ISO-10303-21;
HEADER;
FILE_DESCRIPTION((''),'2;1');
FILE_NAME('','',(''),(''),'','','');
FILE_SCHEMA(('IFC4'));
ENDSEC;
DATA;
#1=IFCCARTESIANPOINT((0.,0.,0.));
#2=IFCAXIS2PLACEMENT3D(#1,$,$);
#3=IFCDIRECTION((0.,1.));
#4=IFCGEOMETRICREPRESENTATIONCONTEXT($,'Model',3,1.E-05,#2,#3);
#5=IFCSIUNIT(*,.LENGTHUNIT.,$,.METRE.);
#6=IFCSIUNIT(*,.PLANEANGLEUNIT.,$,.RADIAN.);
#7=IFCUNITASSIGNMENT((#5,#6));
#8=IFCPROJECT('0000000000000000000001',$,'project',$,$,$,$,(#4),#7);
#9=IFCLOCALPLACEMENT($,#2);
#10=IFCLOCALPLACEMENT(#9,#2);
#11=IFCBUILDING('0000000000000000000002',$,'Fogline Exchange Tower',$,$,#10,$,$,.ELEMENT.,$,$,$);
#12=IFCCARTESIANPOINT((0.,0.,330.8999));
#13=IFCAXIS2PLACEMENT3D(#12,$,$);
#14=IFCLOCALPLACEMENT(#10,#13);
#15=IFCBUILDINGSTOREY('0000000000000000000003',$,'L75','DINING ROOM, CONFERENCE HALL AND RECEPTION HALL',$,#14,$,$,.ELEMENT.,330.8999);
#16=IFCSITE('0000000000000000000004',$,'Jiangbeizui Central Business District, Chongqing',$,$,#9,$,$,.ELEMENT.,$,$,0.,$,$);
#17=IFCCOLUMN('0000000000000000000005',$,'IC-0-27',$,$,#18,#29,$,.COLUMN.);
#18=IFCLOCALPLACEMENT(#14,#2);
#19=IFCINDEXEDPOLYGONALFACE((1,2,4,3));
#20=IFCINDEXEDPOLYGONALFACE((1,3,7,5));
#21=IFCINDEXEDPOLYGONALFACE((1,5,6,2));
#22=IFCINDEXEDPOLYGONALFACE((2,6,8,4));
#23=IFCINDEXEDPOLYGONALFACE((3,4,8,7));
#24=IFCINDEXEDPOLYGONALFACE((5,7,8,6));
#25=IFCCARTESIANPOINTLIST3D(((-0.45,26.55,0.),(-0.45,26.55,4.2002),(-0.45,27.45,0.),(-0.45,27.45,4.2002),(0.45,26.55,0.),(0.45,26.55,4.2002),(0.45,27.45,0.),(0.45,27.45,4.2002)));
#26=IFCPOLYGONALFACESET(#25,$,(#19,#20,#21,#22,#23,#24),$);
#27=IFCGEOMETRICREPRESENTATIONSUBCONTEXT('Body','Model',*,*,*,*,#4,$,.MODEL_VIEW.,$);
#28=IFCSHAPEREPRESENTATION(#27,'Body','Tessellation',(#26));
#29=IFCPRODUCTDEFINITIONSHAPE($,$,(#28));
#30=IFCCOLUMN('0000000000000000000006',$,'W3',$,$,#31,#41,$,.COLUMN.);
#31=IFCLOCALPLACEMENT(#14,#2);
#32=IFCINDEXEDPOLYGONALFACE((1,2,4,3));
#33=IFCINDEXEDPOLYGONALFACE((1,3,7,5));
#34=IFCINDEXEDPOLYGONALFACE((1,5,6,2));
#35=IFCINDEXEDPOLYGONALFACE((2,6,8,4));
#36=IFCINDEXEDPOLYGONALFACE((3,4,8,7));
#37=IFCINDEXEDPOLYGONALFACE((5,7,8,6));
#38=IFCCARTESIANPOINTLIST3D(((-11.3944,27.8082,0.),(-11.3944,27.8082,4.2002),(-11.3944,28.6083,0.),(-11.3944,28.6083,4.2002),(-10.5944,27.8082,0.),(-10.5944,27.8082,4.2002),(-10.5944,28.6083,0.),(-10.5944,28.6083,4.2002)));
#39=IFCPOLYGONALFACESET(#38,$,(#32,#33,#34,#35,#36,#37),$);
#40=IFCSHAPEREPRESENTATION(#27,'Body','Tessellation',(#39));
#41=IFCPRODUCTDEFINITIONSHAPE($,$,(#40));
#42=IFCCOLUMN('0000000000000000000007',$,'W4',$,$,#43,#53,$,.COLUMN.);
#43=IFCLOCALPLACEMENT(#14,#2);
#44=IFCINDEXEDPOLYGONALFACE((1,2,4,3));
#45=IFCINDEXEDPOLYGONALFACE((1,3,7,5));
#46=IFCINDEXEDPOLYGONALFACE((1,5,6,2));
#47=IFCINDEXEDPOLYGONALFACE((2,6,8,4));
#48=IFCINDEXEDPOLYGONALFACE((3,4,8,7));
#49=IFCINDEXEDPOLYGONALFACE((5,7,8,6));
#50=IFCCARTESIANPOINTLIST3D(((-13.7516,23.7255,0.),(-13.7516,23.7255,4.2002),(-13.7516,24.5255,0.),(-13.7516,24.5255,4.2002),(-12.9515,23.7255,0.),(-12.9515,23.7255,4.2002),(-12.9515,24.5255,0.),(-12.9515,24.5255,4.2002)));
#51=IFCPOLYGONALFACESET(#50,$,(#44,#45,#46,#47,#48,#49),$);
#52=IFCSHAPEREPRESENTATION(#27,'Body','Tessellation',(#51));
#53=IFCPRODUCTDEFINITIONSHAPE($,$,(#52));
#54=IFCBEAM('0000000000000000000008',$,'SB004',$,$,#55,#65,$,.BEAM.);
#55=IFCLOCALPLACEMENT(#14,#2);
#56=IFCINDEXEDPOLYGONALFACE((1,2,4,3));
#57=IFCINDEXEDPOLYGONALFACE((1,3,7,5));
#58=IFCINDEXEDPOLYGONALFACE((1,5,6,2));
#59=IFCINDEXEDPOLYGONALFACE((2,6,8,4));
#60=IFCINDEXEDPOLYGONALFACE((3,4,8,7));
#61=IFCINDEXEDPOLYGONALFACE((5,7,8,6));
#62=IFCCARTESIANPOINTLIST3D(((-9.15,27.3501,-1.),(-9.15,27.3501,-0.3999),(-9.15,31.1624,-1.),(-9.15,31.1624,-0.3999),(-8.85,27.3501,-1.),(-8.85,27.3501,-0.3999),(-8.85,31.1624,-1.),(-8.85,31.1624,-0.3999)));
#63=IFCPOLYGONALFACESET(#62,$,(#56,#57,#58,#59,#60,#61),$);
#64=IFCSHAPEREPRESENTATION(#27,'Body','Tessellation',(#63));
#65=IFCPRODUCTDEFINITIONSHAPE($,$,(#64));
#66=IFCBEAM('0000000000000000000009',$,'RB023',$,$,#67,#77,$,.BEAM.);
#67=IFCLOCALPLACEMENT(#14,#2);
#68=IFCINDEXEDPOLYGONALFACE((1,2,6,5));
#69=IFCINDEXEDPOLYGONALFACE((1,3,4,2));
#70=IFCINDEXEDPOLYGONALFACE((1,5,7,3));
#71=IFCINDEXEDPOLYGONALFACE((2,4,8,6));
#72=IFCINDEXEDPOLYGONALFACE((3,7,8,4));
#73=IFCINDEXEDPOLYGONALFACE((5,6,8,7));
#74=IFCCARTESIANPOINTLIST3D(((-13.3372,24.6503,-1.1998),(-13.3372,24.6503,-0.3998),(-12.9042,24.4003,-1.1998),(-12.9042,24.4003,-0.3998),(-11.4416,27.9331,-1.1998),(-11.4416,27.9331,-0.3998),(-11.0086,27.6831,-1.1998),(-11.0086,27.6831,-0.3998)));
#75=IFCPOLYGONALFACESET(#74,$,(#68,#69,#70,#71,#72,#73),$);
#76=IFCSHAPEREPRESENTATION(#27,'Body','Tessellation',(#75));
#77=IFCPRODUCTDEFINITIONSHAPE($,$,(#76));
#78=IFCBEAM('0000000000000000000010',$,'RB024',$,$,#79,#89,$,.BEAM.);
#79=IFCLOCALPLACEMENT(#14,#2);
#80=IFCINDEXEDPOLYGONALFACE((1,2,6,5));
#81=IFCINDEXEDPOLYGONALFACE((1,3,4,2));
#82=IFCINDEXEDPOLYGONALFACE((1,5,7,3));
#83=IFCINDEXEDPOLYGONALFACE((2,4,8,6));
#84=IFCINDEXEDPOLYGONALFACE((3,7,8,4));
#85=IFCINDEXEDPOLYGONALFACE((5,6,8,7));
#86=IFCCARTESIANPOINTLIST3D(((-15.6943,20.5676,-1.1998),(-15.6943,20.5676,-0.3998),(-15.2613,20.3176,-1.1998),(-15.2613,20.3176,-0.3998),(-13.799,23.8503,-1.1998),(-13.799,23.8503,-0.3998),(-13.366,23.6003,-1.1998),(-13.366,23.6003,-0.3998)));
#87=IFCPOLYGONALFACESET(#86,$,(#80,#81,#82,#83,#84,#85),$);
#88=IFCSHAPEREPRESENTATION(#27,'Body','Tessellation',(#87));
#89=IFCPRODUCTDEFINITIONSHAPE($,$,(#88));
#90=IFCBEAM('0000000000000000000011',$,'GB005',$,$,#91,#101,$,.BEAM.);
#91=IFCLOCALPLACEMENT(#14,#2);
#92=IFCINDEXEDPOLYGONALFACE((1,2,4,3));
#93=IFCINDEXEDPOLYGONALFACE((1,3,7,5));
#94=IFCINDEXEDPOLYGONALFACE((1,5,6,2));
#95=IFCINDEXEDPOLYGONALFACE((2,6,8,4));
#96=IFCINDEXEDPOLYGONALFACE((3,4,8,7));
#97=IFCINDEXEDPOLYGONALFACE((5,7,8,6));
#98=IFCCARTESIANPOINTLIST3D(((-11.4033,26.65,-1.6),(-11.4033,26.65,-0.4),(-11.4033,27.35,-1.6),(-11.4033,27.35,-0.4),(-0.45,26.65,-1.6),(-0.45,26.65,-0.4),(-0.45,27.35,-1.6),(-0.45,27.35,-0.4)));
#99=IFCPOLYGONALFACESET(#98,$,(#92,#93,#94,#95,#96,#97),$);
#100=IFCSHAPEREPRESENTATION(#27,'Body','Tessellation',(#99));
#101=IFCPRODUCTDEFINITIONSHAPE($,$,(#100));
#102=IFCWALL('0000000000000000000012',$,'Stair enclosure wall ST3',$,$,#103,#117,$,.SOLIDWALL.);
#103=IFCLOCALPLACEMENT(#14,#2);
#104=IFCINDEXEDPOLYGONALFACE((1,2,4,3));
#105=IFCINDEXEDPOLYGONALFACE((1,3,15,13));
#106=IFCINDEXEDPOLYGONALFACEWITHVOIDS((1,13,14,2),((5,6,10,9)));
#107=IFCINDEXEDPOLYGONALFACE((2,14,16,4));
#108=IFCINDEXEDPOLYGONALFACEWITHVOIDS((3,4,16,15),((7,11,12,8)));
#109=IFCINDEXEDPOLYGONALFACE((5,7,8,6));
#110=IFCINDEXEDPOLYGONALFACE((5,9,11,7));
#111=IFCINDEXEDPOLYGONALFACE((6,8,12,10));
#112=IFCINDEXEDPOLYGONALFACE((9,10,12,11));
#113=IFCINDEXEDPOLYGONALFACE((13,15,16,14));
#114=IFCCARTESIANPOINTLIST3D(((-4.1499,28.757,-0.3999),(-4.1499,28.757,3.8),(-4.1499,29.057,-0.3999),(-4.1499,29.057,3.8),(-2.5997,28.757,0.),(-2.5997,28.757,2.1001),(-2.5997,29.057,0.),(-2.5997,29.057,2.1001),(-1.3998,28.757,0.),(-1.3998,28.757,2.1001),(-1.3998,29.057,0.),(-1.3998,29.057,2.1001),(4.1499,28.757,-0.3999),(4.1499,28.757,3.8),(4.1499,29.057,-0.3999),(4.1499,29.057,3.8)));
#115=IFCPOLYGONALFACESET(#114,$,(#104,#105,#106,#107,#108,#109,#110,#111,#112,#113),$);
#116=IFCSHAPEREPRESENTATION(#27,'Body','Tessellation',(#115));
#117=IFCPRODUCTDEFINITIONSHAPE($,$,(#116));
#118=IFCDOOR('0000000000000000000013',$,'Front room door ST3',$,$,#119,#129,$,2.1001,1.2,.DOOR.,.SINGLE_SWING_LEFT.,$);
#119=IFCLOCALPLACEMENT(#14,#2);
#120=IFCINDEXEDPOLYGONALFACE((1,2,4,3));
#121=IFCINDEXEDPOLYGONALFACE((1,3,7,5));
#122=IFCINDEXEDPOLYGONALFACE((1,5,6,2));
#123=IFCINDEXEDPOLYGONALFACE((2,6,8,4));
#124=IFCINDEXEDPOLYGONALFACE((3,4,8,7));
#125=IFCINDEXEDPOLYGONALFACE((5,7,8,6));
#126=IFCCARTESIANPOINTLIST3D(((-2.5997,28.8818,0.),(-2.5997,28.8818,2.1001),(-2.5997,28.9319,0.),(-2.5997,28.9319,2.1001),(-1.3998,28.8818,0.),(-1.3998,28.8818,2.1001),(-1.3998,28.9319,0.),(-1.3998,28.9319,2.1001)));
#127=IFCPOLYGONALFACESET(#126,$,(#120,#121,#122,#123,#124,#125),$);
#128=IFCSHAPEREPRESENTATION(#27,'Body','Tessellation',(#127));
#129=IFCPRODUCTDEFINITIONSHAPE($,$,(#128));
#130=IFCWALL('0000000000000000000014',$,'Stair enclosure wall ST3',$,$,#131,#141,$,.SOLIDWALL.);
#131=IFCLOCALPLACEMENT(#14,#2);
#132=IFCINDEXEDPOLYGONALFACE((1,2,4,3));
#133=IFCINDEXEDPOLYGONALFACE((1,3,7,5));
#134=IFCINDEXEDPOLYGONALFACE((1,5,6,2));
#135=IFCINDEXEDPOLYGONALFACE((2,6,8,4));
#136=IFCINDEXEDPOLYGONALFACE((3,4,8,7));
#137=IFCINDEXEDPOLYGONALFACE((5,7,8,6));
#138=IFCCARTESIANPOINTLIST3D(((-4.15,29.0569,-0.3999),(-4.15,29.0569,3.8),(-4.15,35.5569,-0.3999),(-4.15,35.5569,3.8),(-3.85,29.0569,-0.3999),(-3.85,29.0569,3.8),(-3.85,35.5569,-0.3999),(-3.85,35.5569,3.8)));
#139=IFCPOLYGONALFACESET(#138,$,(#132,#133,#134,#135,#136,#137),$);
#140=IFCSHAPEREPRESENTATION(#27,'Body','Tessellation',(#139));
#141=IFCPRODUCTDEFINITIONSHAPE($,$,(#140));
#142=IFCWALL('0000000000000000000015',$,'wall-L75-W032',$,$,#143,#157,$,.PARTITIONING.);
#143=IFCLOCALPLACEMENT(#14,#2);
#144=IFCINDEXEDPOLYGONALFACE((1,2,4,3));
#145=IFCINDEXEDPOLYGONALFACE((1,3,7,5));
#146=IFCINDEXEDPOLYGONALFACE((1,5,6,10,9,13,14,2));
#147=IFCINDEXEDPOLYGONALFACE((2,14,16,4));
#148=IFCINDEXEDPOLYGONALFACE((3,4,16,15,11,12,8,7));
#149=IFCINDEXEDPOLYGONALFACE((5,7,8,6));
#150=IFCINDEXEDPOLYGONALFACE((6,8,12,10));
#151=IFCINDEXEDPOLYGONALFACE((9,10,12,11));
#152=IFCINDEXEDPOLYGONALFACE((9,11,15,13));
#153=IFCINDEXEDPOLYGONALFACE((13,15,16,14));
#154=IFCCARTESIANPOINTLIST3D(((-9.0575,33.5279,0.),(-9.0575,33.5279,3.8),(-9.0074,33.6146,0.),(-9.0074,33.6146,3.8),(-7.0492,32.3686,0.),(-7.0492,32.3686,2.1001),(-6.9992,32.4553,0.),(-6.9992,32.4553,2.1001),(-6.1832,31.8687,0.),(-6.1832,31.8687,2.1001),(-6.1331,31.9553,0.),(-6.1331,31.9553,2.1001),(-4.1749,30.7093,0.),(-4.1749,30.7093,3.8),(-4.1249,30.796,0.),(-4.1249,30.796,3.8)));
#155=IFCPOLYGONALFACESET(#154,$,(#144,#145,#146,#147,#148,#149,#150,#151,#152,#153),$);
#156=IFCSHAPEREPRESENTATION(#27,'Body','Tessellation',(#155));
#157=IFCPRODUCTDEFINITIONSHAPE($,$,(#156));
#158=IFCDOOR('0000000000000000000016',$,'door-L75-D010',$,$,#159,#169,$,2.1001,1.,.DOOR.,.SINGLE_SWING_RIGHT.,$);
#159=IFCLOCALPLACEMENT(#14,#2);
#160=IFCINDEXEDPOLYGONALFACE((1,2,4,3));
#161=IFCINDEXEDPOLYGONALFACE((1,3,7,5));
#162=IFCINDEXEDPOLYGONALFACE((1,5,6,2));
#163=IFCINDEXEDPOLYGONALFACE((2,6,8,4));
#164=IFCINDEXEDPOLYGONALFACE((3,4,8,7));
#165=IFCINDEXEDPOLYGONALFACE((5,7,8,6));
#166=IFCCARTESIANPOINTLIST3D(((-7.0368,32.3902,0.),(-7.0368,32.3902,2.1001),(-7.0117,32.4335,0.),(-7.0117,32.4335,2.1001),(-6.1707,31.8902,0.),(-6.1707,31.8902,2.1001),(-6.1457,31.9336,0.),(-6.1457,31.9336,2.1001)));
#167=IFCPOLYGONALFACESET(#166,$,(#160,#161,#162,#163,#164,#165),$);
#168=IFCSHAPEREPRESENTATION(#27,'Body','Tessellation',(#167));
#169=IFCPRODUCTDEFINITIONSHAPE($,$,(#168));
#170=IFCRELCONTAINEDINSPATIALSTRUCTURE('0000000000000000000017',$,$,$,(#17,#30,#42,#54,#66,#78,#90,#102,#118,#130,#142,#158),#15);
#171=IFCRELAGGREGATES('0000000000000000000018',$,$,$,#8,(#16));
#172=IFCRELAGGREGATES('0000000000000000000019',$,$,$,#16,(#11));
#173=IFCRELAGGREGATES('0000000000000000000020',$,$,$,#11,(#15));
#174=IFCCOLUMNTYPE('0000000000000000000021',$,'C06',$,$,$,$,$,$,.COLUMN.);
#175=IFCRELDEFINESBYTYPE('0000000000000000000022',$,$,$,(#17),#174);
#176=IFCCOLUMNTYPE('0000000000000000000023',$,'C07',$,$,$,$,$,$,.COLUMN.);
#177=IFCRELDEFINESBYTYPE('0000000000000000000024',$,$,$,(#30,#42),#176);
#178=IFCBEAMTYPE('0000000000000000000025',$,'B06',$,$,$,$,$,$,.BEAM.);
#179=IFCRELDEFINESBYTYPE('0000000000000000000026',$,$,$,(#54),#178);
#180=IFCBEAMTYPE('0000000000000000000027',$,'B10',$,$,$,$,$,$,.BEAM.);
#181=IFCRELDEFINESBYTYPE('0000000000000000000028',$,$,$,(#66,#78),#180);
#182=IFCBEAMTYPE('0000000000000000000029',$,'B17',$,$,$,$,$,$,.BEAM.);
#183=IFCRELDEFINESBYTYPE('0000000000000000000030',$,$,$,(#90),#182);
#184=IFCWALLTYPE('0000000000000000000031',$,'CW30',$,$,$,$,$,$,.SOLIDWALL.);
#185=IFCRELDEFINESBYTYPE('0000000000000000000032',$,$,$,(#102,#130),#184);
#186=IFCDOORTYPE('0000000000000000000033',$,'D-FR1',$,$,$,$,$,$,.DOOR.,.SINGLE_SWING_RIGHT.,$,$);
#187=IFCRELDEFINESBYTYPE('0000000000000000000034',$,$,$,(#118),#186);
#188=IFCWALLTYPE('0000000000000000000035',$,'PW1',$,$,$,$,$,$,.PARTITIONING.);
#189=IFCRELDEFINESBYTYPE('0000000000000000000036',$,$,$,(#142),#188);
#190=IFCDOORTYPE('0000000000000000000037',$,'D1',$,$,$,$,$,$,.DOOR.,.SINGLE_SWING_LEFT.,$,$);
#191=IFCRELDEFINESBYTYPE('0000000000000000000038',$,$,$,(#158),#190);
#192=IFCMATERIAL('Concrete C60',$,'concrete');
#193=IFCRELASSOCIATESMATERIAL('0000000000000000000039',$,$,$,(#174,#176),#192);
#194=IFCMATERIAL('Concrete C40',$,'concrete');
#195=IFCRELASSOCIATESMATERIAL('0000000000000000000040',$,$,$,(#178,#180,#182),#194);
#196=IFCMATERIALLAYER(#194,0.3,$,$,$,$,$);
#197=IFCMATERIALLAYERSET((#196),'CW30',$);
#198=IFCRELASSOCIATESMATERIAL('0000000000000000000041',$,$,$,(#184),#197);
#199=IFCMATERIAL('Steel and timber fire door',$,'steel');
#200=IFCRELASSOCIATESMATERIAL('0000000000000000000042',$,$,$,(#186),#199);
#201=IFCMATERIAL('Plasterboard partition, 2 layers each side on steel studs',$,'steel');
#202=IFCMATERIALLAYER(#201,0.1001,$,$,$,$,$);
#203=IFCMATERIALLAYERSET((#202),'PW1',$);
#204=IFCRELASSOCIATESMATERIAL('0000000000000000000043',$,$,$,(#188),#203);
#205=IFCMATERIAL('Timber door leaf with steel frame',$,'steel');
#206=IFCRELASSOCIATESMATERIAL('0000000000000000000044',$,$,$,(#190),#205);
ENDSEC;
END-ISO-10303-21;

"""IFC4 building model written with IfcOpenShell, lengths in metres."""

from ifc_helpers import new_model, si_unit, direction, frame, frame_2d, origin, origin_2d, place, context, subcontext, project, spatial, rectangle, extrude, material, layer, layer_set, material_profile, profile_set, type_object, element, fill, save


model = new_model("IFC4")

# Units and contexts
model_context = context("Model", 3, precision=1e-05, world=origin(), true_north=direction((0.0, 1.0)))
body_context = subcontext(model_context, "Body", "Model", "MODEL_VIEW")
ifc_project = project(units=[si_unit("LENGTHUNIT", "METRE"), si_unit("PLANEANGLEUNIT", "RADIAN")], contexts=[model_context])

# Site, building, storey
site_placement = place(None, origin())
site = spatial("IfcSite", under=ifc_project, at=site_placement, Name="Jiangbeizui Central Business District, Chongqing", CompositionType="ELEMENT", RefElevation=0.0)
building_placement = place(site_placement, origin())
building = spatial("IfcBuilding", under=site, at=building_placement, Name="Fogline Exchange Tower", CompositionType="ELEMENT")
storey_placement = place(building_placement, frame((0.0, 0.0, 330.8999)))
storey = spatial("IfcBuildingStorey", under=building, at=storey_placement, Name="L75", Description="DINING ROOM, CONFERENCE HALL AND RECEPTION HALL", CompositionType="ELEMENT", Elevation=330.8999)

# Columns
ifc_material_1 = material(Name="Concrete C60", Category="concrete")
ifc_material_profile_1 = material_profile(ifc_material_1, rectangle(XDim=0.8999, YDim=0.8999, at=origin_2d()), Name="RC 900x900")
ifc_profile_set_1 = profile_set([ifc_material_profile_1], Name="Concrete C60")
column_type_1 = type_object("IfcColumnType", Name="C06", PredefinedType="COLUMN", material=ifc_profile_set_1)
column_placement = place(storey_placement, frame((0.0, 27.0, 0.0), z_axis=(0.0, 0.0, 1.0), x_axis=(1.0, 0.0, 0.0)))
element("IfcColumn", 1, at=column_placement, inside=storey, type_object=column_type_1, Name="IC-0-27", PredefinedType="COLUMN", context=body_context, shape_type="SweptSolid", body=[
    extrude(rectangle(XDim=0.8999, YDim=0.8999, at=origin_2d()), origin(), (0.0, 0.0, 1.0), 4.2002),
])
ifc_material_profile_2 = material_profile(ifc_material_1, rectangle(XDim=0.8, YDim=0.8, at=origin_2d()), Name="RC 800x800")
ifc_profile_set_2 = profile_set([ifc_material_profile_2], Name="Concrete C60")
column_type_2 = type_object("IfcColumnType", Name="C07", PredefinedType="COLUMN", material=ifc_profile_set_2)
for number, where, z_axis, x_axis, name in (
    (2, (-10.9944, 28.2083, 0.0), (0.0, 0.0, 1.0), (1.0, 0.0, 0.0), "W3"),
    (3, (-13.3516, 24.1255, 0.0), (0.0, 0.0, 1.0), (1.0, 0.0, 0.0), "W4"),
):
    element("IfcColumn", number, at=place(storey_placement, frame(where, z_axis=z_axis, x_axis=x_axis)), inside=storey, type_object=column_type_2, Name=name, PredefinedType="COLUMN", context=body_context, shape_type="SweptSolid", body=[
        extrude(rectangle(XDim=0.8, YDim=0.8, at=origin_2d()), origin(), (0.0, 0.0, 1.0), 4.2002),
    ])

# Beams
ifc_material_2 = material(Name="Concrete C40", Category="concrete")
ifc_material_profile_3 = material_profile(ifc_material_2, rectangle(XDim=0.3, YDim=0.6001, at=origin_2d()), Name="RC 300x600")
ifc_profile_set_3 = profile_set([ifc_material_profile_3], Name="Concrete C40")
beam_type_1 = type_object("IfcBeamType", Name="B06", PredefinedType="BEAM", material=ifc_profile_set_3)
beam_1_placement = place(storey_placement, frame((-9.0, 27.3501, -0.7), z_axis=(0.0, 1.0, 0.0), x_axis=(-1.0, 0.0, 0.0)))
element("IfcBeam", 4, at=beam_1_placement, inside=storey, type_object=beam_type_1, Name="SB004", PredefinedType="BEAM", context=body_context, shape_type="SweptSolid", body=[
    extrude(rectangle(XDim=0.3, YDim=0.6001, at=origin_2d()), origin(), (0.0, 0.0, 1.0), 3.8123),
])
ifc_material_profile_4 = material_profile(ifc_material_2, rectangle(XDim=0.5, YDim=0.8, at=origin_2d()), Name="RC 500x800")
ifc_profile_set_4 = profile_set([ifc_material_profile_4], Name="Concrete C40")
beam_type_2 = type_object("IfcBeamType", Name="B10", PredefinedType="BEAM", material=ifc_profile_set_4)
beam_2_placement = place(storey_placement, frame((-11.2251, 27.8081, -0.7998), z_axis=(-0.500046, -0.865999, 0.0), x_axis=(0.865999, -0.500046, 0.0)))
element("IfcBeam", 5, at=beam_2_placement, inside=storey, type_object=beam_type_2, Name="RB023", PredefinedType="BEAM", context=body_context, shape_type="SweptSolid", body=[
    extrude(rectangle(XDim=0.5, YDim=0.8, at=origin_2d()), origin(), (0.0, 0.0, 1.0), 3.7908),
])
beam_3_placement = place(storey_placement, frame((-13.5825, 23.7253, -0.7998), z_axis=(-0.499998, -0.866027, 0.0), x_axis=(0.866027, -0.499998, 0.0)))
element("IfcBeam", 6, at=beam_3_placement, inside=storey, type_object=beam_type_2, Name="RB024", PredefinedType="BEAM", context=body_context, shape_type="SweptSolid", body=[
    extrude(rectangle(XDim=0.5, YDim=0.8, at=origin_2d()), origin(), (0.0, 0.0, 1.0), 3.7905),
])
ifc_material_profile_5 = material_profile(ifc_material_2, rectangle(XDim=0.7, YDim=1.2, at=origin_2d()), Name="RC 700x1200")
ifc_profile_set_5 = profile_set([ifc_material_profile_5], Name="Concrete C40")
beam_type_3 = type_object("IfcBeamType", Name="B17", PredefinedType="BEAM", material=ifc_profile_set_5)
beam_4_placement = place(storey_placement, frame((-11.4033, 27.0, -1.0), z_axis=(1.0, 0.0, 0.0), x_axis=(0.0, 1.0, 0.0)))
element("IfcBeam", 7, at=beam_4_placement, inside=storey, type_object=beam_type_3, Name="GB005", PredefinedType="BEAM", context=body_context, shape_type="SweptSolid", body=[
    extrude(rectangle(XDim=0.7, YDim=1.2, at=origin_2d()), origin(), (0.0, 0.0, 1.0), 10.9534),
])

# Wall, opening, door
ifc_layer_1 = layer(ifc_material_2, 0.3)
ifc_layer_set_1 = layer_set([ifc_layer_1], Name="CW30")
wall_type_1 = type_object("IfcWallType", Name="CW30", PredefinedType="SOLIDWALL", material=ifc_layer_set_1)
wall_1_placement = place(storey_placement, frame((-4.1499, 28.907, -0.3999), z_axis=(0.0, 0.0, 1.0), x_axis=(1.0, 0.0, 0.0)))
wall_1 = element("IfcWall", 8, at=wall_1_placement, inside=storey, type_object=wall_type_1, Name="Stair enclosure wall ST3", PredefinedType="SOLIDWALL", context=body_context, shape_type="SweptSolid", body=[
    extrude(rectangle(XDim=8.2998, YDim=0.3, at=frame_2d((4.1499, 0.0))), origin(), (0.0, 0.0, 1.0), 4.2),
])
opening_1_placement = place(wall_1_placement, frame((1.55, 0.0, 0.3999)))
opening_1 = element("IfcOpeningElement", 9, at=opening_1_placement, cuts=wall_1, PredefinedType="OPENING", context=body_context, shape_type="SweptSolid", body=[
    extrude(rectangle(XDim=1.2, YDim=2.1001, at=frame_2d((0.6001, 1.05))), frame((0.0, 0.1602, 0.0), z_axis=(0.0, -1.0, 0.0), x_axis=(1.0, 0.0, 0.0)), (0.0, 0.0, 1.0), 0.3201),
])
ifc_material_3 = material(Name="Steel and timber fire door", Category="steel")
door_type_1 = type_object("IfcDoorType", Name="D-FR1", OperationType="SINGLE_SWING_RIGHT", PredefinedType="DOOR", material=ifc_material_3)
door_1_placement = place(opening_1_placement, origin())
door_1 = element("IfcDoor", 10, at=door_1_placement, inside=storey, type_object=door_type_1, Name="Front room door ST3", OperationType="SINGLE_SWING_LEFT", OverallHeight=2.1001, OverallWidth=1.2, PredefinedType="DOOR", context=body_context, shape_type="SweptSolid", body=[
    extrude(rectangle(XDim=1.2, YDim=2.1001, at=frame_2d((0.6001, 1.05))), frame((0.0, 0.0249, 0.0), z_axis=(0.0, -1.0, 0.0), x_axis=(1.0, 0.0, 0.0)), (0.0, 0.0, 1.0), 0.05),
])
fill(opening_1, door_1)

# Wall
wall_2_placement = place(storey_placement, frame((-4.0, 29.0569, -0.3999), z_axis=(0.0, 0.0, 1.0), x_axis=(0.0, 1.0, 0.0)))
element("IfcWall", 11, at=wall_2_placement, inside=storey, type_object=wall_type_1, Name="Stair enclosure wall ST3", PredefinedType="SOLIDWALL", context=body_context, shape_type="SweptSolid", body=[
    extrude(rectangle(XDim=6.5, YDim=0.3, at=frame_2d((3.25, 0.0))), origin(), (0.0, 0.0, 1.0), 4.2),
])

# Wall, opening, door
ifc_material_4 = material(Name="Plasterboard partition, 2 layers each side on steel studs", Category="steel")
ifc_layer_2 = layer(ifc_material_4, 0.1001)
ifc_layer_set_2 = layer_set([ifc_layer_2], Name="PW1")
wall_type_2 = type_object("IfcWallType", Name="PW1", PredefinedType="PARTITIONING", material=ifc_layer_set_2)
wall_3_placement = place(storey_placement, frame((-4.1499, 30.7527, 0.0), z_axis=(0.0, 0.0, 1.0), x_axis=(-0.866052, 0.499954, 0.0)))
wall_3 = element("IfcWall", 12, at=wall_3_placement, inside=storey, type_object=wall_type_2, Name="wall-L75-W032", PredefinedType="PARTITIONING", context=body_context, shape_type="SweptSolid", body=[
    extrude(rectangle(XDim=5.6377, YDim=0.1001, at=frame_2d((2.8188, 0.0))), origin(), (0.0, 0.0, 1.0), 3.8),
])
opening_2_placement = place(wall_3_placement, frame((2.3188, 0.0, 0.0)))
opening_2 = element("IfcOpeningElement", 13, at=opening_2_placement, cuts=wall_3, PredefinedType="OPENING", context=body_context, shape_type="SweptSolid", body=[
    extrude(rectangle(XDim=1.0, YDim=2.1001, at=frame_2d((0.5, 1.05))), frame((0.0, 0.0601, 0.0), z_axis=(0.0, -1.0, 0.0), x_axis=(1.0, 0.0, 0.0)), (0.0, 0.0, 1.0), 0.1201),
])
ifc_material_5 = material(Name="Timber door leaf with steel frame", Category="steel")
door_type_2 = type_object("IfcDoorType", Name="D1", OperationType="SINGLE_SWING_LEFT", PredefinedType="DOOR", material=ifc_material_5)
door_2_placement = place(opening_2_placement, frame((1.0, 0.0, 0.0), z_axis=(0.0, 0.0, 1.0), x_axis=(-1.0, 0.0, 0.0)))
door_2 = element("IfcDoor", 14, at=door_2_placement, inside=storey, type_object=door_type_2, Name="door-L75-D010", OperationType="SINGLE_SWING_RIGHT", OverallHeight=2.1001, OverallWidth=1.0, PredefinedType="DOOR", context=body_context, shape_type="SweptSolid", body=[
    extrude(rectangle(XDim=1.0, YDim=2.1001, at=frame_2d((0.5, 1.05))), frame((0.0, 0.0249, 0.0), z_axis=(0.0, -1.0, 0.0), x_axis=(1.0, 0.0, 0.0)), (0.0, 0.0, 1.0), 0.05),
])
fill(opening_2, door_2)

save(model, "model.ifc")
